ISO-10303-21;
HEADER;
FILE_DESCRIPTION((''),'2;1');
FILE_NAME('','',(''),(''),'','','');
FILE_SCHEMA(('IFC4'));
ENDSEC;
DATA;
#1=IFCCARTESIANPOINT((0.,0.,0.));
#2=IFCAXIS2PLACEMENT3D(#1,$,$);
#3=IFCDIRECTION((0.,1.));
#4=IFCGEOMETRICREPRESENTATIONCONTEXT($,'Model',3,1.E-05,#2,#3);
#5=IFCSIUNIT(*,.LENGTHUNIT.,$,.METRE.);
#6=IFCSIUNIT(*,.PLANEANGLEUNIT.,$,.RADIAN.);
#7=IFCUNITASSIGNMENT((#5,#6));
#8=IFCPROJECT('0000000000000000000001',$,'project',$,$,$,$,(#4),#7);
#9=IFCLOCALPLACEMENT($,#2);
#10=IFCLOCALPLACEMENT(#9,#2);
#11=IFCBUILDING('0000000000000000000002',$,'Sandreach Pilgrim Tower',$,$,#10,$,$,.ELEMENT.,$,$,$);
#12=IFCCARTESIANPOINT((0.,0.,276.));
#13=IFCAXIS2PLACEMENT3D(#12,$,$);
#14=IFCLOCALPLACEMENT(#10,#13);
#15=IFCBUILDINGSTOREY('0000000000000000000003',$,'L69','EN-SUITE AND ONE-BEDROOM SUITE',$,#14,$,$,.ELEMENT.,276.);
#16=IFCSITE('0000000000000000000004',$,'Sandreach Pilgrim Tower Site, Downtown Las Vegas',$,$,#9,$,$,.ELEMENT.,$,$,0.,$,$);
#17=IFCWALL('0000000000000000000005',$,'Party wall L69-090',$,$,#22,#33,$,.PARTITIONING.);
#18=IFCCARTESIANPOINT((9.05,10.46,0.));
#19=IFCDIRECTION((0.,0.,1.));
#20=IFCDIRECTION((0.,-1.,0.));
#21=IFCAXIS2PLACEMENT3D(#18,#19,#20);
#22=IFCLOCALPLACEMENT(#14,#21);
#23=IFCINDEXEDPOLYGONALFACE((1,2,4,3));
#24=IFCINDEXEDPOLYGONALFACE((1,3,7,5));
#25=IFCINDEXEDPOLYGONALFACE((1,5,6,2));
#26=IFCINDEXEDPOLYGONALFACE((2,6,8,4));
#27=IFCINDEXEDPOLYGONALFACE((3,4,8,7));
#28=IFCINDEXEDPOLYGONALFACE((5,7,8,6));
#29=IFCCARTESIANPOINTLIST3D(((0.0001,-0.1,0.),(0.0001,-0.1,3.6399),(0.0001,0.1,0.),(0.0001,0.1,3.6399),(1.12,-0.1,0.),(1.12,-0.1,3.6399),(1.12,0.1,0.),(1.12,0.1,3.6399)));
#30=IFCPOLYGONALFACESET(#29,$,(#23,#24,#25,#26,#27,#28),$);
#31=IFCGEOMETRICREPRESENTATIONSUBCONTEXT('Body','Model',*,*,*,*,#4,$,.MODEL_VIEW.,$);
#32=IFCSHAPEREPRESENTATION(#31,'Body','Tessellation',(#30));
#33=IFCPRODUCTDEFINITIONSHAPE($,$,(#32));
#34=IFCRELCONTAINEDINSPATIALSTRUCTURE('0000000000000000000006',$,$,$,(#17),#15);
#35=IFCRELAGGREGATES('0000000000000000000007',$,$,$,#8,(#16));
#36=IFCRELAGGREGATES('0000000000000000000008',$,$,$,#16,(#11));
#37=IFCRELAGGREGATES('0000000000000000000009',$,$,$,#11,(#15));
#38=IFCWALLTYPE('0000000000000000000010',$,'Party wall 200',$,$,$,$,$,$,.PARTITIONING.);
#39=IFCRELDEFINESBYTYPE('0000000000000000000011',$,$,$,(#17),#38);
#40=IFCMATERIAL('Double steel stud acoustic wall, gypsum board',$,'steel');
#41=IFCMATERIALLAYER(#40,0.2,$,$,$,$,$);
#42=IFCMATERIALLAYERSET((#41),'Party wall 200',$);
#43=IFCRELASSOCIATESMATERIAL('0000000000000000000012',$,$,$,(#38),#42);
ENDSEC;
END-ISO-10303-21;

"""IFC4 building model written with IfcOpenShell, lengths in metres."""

from ifc_helpers import new_model, si_unit, direction, frame, frame_2d, origin, place, context, subcontext, project, spatial, rectangle, extrude, material, layer, layer_set, type_object, element, save


model = new_model("IFC4")

# Units and contexts
model_context = context("Model", 3, precision=1e-05, world=origin(), true_north=direction((0.0, 1.0)))
body_context = subcontext(model_context, "Body", "Model", "MODEL_VIEW")
ifc_project = project(units=[si_unit("LENGTHUNIT", "METRE"), si_unit("PLANEANGLEUNIT", "RADIAN")], contexts=[model_context])

# Site, building, storey
site_placement = place(None, origin())
site = spatial("IfcSite", under=ifc_project, at=site_placement, Name="Sandreach Pilgrim Tower Site, Downtown Las Vegas", CompositionType="ELEMENT", RefElevation=0.0)
building_placement = place(site_placement, origin())
building = spatial("IfcBuilding", under=site, at=building_placement, Name="Sandreach Pilgrim Tower", CompositionType="ELEMENT")
storey_placement = place(building_placement, frame((0.0, 0.0, 276.0)))
storey = spatial("IfcBuildingStorey", under=building, at=storey_placement, Name="L69", Description="EN-SUITE AND ONE-BEDROOM SUITE", CompositionType="ELEMENT", Elevation=276.0)

# Wall
ifc_material_1 = material(Name="Double steel stud acoustic wall, gypsum board", Category="steel")
ifc_layer_1 = layer(ifc_material_1, 0.2)
ifc_layer_set_1 = layer_set([ifc_layer_1], Name="Party wall 200")
wall_type_1 = type_object("IfcWallType", Name="Party wall 200", PredefinedType="PARTITIONING", material=ifc_layer_set_1)
wall_1_placement = place(storey_placement, frame((9.05, 10.46, 0.0), z_axis=(0.0, 0.0, 1.0), x_axis=(0.0, -1.0, 0.0)))
element("IfcWall", 1, at=wall_1_placement, inside=storey, type_object=wall_type_1, Name="Party wall L69-090", PredefinedType="PARTITIONING", context=body_context, shape_type="SweptSolid", body=[
    extrude(rectangle(XDim=1.1199, YDim=0.2, at=frame_2d((0.5601, 0.0))), origin(), (0.0, 0.0, 1.0), 3.6399),
])

save(model, "model.ifc")
